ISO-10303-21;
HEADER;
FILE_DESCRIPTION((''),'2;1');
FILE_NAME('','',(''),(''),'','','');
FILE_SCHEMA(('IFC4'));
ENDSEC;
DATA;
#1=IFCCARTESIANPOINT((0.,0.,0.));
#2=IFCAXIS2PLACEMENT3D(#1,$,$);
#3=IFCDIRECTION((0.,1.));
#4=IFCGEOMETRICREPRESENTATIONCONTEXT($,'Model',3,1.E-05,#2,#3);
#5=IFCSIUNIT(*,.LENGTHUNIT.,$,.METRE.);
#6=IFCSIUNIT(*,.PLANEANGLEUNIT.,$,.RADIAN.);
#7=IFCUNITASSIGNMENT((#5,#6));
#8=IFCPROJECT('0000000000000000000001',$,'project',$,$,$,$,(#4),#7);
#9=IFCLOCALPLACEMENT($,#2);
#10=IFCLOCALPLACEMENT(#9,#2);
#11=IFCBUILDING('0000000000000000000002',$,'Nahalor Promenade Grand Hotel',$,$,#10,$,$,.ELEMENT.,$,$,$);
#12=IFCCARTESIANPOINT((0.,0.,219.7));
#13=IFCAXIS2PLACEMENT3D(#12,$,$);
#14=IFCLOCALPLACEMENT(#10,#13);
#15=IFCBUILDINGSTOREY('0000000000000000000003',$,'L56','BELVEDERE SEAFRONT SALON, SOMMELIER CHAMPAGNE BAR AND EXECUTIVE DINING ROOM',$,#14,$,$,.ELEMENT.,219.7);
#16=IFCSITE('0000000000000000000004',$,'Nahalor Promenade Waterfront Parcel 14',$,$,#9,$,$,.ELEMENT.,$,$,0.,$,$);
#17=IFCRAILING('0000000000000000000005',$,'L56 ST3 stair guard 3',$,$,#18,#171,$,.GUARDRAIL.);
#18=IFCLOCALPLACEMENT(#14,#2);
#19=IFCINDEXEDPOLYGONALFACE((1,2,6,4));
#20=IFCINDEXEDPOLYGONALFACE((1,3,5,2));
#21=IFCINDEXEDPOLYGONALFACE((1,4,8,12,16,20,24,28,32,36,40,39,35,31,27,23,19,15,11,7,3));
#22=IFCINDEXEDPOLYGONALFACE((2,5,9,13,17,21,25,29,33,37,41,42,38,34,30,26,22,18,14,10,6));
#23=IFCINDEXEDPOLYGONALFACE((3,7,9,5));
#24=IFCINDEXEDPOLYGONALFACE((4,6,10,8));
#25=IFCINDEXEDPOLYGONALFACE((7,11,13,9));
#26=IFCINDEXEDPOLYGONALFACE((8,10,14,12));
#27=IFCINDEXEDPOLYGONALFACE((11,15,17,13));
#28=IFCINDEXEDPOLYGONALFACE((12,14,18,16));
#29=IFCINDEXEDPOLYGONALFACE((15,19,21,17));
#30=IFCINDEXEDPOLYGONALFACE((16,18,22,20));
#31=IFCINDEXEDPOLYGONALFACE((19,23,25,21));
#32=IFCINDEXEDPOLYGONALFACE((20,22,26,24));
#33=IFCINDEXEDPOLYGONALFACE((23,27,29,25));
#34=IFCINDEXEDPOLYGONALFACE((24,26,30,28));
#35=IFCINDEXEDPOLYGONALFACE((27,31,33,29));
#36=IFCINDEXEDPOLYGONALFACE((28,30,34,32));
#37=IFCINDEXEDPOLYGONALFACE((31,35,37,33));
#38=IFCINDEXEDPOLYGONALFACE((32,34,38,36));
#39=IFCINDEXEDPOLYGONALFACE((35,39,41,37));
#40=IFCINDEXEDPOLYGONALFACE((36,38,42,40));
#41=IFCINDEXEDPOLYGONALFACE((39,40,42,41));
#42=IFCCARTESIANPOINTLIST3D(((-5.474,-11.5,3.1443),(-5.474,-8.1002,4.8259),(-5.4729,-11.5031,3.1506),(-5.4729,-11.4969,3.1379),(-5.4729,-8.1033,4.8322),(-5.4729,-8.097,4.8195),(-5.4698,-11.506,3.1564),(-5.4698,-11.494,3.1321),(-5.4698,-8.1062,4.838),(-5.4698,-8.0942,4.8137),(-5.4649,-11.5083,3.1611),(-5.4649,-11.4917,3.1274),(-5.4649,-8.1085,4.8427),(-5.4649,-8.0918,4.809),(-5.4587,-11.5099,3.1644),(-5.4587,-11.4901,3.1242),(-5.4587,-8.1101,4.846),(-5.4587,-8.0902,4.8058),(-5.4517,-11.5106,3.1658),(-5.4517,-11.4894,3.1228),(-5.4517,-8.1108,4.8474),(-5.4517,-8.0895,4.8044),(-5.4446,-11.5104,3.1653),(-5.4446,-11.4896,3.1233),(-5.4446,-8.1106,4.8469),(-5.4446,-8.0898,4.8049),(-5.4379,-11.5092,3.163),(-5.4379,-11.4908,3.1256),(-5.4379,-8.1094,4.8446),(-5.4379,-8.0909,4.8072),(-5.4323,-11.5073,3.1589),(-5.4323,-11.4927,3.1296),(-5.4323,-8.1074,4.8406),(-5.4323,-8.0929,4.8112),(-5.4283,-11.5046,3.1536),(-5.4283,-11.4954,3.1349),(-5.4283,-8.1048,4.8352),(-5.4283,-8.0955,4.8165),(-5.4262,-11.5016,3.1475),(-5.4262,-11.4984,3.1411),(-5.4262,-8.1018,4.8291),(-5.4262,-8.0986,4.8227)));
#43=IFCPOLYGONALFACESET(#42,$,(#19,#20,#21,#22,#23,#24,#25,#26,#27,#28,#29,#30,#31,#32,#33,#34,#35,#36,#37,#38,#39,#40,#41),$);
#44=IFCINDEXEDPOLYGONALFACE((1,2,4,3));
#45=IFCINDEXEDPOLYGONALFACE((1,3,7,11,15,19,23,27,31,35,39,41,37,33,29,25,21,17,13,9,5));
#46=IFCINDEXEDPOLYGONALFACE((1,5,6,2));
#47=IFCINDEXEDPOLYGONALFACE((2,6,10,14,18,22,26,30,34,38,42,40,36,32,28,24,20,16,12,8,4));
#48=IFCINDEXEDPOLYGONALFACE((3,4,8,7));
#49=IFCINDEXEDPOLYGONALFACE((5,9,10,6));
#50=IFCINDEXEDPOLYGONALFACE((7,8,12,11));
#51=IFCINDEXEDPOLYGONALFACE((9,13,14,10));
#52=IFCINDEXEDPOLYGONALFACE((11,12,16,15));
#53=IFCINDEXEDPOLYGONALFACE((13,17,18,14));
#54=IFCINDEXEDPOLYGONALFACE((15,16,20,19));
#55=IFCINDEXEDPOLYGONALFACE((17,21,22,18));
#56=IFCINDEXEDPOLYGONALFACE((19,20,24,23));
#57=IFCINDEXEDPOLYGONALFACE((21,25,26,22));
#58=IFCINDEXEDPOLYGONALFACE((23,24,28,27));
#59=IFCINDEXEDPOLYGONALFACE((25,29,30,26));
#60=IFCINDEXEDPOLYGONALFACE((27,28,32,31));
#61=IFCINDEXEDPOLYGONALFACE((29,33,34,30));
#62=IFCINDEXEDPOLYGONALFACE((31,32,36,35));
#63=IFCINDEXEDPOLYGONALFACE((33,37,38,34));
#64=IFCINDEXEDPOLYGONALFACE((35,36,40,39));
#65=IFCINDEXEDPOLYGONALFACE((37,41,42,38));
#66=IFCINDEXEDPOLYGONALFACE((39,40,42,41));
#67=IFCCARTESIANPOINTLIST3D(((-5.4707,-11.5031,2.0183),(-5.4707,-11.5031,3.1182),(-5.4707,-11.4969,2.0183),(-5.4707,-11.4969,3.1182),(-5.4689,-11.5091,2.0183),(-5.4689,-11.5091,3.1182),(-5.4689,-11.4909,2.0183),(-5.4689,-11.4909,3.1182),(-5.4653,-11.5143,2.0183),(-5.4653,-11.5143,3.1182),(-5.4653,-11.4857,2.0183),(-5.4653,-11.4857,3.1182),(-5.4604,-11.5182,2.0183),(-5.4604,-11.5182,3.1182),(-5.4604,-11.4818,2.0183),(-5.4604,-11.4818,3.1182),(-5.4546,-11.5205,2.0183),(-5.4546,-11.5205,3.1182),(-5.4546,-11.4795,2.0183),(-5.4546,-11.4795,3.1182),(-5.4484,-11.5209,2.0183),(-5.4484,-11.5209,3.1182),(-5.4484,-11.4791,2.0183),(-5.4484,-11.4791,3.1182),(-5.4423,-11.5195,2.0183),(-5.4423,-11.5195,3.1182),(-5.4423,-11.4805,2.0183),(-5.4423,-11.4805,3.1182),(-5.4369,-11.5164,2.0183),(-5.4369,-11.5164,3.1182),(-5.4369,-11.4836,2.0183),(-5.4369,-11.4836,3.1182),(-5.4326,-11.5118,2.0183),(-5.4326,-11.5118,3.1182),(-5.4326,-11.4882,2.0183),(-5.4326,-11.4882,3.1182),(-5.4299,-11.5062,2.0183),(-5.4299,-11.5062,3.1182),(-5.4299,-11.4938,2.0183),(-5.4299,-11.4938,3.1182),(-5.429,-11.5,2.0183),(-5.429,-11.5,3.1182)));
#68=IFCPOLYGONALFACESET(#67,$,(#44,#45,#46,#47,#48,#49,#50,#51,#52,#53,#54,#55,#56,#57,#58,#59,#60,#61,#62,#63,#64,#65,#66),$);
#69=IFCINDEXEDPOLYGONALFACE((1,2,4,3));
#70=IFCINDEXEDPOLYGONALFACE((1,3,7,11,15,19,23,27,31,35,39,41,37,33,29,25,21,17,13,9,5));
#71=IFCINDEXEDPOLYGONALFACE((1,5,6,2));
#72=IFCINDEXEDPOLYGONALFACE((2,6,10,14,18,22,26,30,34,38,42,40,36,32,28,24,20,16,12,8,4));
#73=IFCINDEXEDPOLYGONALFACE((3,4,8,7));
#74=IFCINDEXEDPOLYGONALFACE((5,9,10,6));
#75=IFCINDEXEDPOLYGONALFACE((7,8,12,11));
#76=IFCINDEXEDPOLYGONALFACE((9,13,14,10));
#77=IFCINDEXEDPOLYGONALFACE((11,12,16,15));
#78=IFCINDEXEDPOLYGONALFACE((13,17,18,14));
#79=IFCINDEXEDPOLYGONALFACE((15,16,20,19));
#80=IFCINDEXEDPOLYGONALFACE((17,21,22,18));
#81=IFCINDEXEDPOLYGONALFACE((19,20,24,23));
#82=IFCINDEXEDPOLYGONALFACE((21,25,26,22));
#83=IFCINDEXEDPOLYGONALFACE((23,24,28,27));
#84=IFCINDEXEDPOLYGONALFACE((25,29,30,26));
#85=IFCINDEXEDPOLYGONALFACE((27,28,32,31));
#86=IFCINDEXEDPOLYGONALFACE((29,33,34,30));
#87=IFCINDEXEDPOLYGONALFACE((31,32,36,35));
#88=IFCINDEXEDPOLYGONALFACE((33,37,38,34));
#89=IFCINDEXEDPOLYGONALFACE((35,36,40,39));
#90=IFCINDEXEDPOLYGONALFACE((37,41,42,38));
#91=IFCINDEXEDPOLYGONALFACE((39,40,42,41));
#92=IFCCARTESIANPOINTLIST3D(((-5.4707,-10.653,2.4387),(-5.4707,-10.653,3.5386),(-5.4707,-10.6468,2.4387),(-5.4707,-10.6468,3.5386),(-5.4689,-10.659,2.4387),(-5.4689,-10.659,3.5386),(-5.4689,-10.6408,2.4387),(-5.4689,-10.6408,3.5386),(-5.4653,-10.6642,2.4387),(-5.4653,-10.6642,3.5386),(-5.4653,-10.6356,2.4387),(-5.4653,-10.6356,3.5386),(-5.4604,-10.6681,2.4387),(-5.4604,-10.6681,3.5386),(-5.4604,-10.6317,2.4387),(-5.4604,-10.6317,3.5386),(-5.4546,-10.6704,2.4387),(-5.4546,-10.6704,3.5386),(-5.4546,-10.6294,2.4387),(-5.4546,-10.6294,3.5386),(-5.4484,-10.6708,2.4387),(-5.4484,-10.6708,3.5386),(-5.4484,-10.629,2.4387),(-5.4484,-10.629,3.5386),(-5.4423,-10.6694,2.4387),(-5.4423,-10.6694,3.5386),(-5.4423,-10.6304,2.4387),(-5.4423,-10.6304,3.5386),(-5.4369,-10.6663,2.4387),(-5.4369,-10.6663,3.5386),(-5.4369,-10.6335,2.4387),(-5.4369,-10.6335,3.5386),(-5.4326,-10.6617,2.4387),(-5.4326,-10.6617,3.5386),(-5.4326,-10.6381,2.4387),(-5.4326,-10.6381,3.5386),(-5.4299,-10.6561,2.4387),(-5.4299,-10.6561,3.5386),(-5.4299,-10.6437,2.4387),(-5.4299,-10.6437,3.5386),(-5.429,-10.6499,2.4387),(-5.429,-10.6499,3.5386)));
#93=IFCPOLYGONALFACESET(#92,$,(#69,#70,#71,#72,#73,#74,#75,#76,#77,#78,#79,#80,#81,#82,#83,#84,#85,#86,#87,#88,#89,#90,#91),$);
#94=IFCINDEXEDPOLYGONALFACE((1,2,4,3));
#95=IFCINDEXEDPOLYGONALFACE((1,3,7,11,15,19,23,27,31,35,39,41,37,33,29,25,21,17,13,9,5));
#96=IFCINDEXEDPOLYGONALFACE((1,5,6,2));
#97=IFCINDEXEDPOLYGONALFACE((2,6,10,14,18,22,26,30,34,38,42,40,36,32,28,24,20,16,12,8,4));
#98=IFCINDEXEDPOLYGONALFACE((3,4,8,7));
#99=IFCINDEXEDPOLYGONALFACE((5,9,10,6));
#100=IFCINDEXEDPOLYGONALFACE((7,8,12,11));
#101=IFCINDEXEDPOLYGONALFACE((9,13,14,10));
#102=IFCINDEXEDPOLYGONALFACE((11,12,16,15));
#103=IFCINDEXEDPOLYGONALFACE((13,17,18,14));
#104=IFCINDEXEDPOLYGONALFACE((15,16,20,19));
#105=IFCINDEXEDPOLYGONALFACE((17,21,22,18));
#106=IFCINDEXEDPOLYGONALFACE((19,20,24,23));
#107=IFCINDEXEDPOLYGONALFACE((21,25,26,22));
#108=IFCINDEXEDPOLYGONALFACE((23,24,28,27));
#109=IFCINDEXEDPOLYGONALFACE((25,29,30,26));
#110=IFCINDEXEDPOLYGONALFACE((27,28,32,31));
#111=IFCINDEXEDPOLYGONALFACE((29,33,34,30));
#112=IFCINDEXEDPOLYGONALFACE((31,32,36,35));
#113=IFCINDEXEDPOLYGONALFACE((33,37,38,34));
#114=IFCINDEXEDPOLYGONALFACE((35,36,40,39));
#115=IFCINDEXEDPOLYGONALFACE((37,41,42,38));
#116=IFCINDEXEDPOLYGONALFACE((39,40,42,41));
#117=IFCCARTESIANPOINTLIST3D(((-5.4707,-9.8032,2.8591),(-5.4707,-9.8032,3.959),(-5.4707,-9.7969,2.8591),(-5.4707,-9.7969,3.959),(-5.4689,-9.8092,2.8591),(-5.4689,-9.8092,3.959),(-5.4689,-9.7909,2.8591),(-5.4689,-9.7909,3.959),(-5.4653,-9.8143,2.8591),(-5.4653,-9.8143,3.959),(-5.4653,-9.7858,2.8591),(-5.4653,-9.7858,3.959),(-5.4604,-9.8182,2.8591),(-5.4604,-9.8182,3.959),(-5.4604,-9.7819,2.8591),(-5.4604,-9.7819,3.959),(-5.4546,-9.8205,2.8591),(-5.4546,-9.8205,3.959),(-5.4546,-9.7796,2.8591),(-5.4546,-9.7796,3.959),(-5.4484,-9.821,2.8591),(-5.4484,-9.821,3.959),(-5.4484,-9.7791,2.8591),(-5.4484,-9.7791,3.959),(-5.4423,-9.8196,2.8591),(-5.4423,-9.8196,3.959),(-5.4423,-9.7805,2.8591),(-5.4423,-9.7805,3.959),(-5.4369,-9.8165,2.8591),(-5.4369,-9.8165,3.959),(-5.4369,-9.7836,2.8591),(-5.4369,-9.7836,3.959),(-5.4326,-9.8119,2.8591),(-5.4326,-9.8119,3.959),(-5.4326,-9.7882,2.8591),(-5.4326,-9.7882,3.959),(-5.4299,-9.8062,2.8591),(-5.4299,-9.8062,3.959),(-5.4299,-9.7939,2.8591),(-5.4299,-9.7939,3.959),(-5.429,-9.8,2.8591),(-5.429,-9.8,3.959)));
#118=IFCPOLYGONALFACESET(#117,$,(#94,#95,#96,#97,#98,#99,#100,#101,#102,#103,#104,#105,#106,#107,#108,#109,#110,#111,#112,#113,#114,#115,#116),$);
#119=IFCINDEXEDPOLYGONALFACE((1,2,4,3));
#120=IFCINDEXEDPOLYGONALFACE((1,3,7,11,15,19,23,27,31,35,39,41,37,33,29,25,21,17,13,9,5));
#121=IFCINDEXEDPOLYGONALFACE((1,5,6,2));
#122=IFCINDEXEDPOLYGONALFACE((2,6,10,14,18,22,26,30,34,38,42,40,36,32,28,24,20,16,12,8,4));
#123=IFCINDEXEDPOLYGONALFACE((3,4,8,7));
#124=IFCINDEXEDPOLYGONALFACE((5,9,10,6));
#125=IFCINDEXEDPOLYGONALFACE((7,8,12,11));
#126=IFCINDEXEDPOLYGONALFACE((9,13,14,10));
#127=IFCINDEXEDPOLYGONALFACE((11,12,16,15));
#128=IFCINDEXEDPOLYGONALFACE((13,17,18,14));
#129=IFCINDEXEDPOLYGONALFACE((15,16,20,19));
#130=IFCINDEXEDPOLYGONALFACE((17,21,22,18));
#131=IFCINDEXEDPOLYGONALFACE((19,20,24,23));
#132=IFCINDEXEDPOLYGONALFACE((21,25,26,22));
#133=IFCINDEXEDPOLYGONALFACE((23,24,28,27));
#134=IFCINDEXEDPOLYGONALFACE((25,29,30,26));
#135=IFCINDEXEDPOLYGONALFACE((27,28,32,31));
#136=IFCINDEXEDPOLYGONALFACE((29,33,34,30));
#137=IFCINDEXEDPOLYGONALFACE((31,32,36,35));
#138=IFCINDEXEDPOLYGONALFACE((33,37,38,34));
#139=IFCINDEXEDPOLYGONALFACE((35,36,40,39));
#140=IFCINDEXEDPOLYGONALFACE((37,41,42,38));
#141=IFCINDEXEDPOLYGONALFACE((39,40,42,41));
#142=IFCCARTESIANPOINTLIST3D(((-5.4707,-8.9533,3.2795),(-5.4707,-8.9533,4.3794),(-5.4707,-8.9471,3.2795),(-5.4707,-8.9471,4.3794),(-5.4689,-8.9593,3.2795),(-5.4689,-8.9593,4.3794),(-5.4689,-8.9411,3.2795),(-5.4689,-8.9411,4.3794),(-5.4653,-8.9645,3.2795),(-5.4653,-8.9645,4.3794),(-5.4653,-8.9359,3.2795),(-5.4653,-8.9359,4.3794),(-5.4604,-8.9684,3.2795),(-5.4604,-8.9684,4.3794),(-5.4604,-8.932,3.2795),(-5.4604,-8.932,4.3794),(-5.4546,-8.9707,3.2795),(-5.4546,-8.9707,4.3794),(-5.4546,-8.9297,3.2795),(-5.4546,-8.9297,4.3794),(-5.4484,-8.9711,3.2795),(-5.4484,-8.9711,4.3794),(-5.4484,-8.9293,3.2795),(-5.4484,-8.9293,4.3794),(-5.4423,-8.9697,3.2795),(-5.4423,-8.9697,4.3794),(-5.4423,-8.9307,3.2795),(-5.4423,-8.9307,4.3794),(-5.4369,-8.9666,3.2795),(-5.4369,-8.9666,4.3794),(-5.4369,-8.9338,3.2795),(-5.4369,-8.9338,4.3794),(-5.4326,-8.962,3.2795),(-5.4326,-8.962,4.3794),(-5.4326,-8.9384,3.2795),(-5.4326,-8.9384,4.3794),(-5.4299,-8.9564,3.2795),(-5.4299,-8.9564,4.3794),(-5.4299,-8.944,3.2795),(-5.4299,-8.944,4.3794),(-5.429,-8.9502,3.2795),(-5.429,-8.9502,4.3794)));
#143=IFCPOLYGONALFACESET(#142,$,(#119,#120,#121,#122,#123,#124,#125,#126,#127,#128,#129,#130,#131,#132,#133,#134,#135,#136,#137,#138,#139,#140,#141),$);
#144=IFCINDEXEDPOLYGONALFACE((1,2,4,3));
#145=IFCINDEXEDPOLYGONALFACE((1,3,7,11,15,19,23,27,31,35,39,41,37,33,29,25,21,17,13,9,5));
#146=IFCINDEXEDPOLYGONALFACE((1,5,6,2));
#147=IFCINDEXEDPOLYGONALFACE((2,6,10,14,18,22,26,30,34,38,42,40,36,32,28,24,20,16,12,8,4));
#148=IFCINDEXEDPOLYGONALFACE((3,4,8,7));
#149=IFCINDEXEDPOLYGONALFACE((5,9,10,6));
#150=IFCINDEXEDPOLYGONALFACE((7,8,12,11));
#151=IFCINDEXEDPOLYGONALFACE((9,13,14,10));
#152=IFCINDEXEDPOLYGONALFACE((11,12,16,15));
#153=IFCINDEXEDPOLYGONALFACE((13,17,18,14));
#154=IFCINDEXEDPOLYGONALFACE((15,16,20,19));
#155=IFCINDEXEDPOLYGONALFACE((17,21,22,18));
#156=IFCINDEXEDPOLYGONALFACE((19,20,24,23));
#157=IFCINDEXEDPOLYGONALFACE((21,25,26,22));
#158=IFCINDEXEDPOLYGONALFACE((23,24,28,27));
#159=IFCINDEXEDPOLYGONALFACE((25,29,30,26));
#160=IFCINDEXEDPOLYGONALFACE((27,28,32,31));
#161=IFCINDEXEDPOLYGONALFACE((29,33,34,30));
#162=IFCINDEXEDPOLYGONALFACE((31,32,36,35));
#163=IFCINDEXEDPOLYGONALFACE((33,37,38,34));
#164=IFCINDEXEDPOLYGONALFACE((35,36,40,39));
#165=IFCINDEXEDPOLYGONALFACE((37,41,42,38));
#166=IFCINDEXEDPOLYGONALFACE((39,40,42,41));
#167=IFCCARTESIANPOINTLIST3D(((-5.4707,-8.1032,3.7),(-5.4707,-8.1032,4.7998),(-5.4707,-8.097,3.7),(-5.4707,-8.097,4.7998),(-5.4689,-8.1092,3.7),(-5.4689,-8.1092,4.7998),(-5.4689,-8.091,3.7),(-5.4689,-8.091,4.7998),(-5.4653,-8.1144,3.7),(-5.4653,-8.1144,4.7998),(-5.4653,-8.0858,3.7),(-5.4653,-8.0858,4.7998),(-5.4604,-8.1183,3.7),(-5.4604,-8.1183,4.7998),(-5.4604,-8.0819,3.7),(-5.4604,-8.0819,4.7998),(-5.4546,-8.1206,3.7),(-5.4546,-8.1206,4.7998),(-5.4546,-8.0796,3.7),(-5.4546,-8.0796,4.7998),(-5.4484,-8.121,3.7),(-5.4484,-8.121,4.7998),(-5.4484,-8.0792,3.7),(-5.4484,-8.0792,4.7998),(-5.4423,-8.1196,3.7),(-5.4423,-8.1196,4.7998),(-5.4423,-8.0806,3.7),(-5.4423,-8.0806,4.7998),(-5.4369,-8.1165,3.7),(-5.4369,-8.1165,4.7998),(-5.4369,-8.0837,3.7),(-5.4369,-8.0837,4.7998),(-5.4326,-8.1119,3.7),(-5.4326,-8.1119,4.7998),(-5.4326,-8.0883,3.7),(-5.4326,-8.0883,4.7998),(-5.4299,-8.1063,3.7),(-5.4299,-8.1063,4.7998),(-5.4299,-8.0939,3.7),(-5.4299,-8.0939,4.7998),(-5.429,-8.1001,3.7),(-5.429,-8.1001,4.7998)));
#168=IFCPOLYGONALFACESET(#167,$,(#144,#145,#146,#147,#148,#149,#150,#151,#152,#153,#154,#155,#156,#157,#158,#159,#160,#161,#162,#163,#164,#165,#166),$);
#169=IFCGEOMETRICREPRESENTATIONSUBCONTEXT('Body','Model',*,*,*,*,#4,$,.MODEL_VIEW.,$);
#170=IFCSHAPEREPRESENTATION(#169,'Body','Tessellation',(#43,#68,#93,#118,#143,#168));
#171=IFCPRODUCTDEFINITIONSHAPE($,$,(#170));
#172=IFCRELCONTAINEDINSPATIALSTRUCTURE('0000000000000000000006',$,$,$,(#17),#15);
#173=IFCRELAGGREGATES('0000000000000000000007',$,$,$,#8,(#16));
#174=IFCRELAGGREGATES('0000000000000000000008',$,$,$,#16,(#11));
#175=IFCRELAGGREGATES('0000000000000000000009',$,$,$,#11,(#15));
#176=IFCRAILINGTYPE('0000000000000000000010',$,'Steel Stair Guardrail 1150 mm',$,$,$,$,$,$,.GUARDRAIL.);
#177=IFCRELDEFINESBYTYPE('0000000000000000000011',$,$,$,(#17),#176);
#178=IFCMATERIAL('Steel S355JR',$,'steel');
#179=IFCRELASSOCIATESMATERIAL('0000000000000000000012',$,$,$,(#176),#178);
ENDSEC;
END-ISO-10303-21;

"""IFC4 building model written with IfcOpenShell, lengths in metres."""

from ifc_helpers import new_model, si_unit, direction, frame, origin, origin_2d, place, context, subcontext, project, spatial, circle, extrude, material, type_object, element, save


model = new_model("IFC4")

# Units and contexts
model_context = context("Model", 3, precision=1e-05, world=origin(), true_north=direction((0.0, 1.0)))
body_context = subcontext(model_context, "Body", "Model", "MODEL_VIEW")
ifc_project = project(units=[si_unit("LENGTHUNIT", "METRE"), si_unit("PLANEANGLEUNIT", "RADIAN")], contexts=[model_context])

# Site, building, storey
site_placement = place(None, origin())
site = spatial("IfcSite", under=ifc_project, at=site_placement, Name="Nahalor Promenade Waterfront Parcel 14", CompositionType="ELEMENT", RefElevation=0.0)
building_placement = place(site_placement, origin())
building = spatial("IfcBuilding", under=site, at=building_placement, Name="Nahalor Promenade Grand Hotel", CompositionType="ELEMENT")
storey_placement = place(building_placement, frame((0.0, 0.0, 219.7)))
storey = spatial("IfcBuildingStorey", under=building, at=storey_placement, Name="L56", Description="BELVEDERE SEAFRONT SALON, SOMMELIER CHAMPAGNE BAR AND EXECUTIVE DINING ROOM", CompositionType="ELEMENT", Elevation=219.7)

# Shared definitions
ifc_material_1 = material(Name="Steel S355JR", Category="steel")

# Railing
railing_type_1 = type_object("IfcRailingType", Name="Steel Stair Guardrail 1150 mm", PredefinedType="GUARDRAIL", material=ifc_material_1)
railing_1_placement = place(storey_placement, frame((-5.45, -11.5, 2.0183)))
element("IfcRailing", 1, at=railing_1_placement, inside=storey, type_object=railing_type_1, Name="L56 ST3 stair guard 3", PredefinedType="GUARDRAIL", context=body_context, shape_type="SweptSolid", body=[
    extrude(circle(Radius=0.024, at=origin_2d()), frame((0.0, 0.0, 1.126), z_axis=(0.0, 0.89635, 0.443348), x_axis=(-1.0, 0.0, 0.0)), (0.0, 0.0, 1.0), 3.793),
    extrude(circle(Radius=0.021, at=origin_2d()), origin(), (0.0, 0.0, 1.0), 1.0999),
    extrude(circle(Radius=0.021, at=origin_2d()), frame((0.0, 0.8501, 0.4204)), (0.0, 0.0, 1.0), 1.0999),
    extrude(circle(Radius=0.021, at=origin_2d()), frame((0.0, 1.7, 0.8408)), (0.0, 0.0, 1.0), 1.0999),
    extrude(circle(Radius=0.021, at=origin_2d()), frame((0.0, 2.5498, 1.2612)), (0.0, 0.0, 1.0), 1.0999),
    extrude(circle(Radius=0.021, at=origin_2d()), frame((0.0, 3.3999, 1.6816)), (0.0, 0.0, 1.0), 1.0999),
])

save(model, "model.ifc")
